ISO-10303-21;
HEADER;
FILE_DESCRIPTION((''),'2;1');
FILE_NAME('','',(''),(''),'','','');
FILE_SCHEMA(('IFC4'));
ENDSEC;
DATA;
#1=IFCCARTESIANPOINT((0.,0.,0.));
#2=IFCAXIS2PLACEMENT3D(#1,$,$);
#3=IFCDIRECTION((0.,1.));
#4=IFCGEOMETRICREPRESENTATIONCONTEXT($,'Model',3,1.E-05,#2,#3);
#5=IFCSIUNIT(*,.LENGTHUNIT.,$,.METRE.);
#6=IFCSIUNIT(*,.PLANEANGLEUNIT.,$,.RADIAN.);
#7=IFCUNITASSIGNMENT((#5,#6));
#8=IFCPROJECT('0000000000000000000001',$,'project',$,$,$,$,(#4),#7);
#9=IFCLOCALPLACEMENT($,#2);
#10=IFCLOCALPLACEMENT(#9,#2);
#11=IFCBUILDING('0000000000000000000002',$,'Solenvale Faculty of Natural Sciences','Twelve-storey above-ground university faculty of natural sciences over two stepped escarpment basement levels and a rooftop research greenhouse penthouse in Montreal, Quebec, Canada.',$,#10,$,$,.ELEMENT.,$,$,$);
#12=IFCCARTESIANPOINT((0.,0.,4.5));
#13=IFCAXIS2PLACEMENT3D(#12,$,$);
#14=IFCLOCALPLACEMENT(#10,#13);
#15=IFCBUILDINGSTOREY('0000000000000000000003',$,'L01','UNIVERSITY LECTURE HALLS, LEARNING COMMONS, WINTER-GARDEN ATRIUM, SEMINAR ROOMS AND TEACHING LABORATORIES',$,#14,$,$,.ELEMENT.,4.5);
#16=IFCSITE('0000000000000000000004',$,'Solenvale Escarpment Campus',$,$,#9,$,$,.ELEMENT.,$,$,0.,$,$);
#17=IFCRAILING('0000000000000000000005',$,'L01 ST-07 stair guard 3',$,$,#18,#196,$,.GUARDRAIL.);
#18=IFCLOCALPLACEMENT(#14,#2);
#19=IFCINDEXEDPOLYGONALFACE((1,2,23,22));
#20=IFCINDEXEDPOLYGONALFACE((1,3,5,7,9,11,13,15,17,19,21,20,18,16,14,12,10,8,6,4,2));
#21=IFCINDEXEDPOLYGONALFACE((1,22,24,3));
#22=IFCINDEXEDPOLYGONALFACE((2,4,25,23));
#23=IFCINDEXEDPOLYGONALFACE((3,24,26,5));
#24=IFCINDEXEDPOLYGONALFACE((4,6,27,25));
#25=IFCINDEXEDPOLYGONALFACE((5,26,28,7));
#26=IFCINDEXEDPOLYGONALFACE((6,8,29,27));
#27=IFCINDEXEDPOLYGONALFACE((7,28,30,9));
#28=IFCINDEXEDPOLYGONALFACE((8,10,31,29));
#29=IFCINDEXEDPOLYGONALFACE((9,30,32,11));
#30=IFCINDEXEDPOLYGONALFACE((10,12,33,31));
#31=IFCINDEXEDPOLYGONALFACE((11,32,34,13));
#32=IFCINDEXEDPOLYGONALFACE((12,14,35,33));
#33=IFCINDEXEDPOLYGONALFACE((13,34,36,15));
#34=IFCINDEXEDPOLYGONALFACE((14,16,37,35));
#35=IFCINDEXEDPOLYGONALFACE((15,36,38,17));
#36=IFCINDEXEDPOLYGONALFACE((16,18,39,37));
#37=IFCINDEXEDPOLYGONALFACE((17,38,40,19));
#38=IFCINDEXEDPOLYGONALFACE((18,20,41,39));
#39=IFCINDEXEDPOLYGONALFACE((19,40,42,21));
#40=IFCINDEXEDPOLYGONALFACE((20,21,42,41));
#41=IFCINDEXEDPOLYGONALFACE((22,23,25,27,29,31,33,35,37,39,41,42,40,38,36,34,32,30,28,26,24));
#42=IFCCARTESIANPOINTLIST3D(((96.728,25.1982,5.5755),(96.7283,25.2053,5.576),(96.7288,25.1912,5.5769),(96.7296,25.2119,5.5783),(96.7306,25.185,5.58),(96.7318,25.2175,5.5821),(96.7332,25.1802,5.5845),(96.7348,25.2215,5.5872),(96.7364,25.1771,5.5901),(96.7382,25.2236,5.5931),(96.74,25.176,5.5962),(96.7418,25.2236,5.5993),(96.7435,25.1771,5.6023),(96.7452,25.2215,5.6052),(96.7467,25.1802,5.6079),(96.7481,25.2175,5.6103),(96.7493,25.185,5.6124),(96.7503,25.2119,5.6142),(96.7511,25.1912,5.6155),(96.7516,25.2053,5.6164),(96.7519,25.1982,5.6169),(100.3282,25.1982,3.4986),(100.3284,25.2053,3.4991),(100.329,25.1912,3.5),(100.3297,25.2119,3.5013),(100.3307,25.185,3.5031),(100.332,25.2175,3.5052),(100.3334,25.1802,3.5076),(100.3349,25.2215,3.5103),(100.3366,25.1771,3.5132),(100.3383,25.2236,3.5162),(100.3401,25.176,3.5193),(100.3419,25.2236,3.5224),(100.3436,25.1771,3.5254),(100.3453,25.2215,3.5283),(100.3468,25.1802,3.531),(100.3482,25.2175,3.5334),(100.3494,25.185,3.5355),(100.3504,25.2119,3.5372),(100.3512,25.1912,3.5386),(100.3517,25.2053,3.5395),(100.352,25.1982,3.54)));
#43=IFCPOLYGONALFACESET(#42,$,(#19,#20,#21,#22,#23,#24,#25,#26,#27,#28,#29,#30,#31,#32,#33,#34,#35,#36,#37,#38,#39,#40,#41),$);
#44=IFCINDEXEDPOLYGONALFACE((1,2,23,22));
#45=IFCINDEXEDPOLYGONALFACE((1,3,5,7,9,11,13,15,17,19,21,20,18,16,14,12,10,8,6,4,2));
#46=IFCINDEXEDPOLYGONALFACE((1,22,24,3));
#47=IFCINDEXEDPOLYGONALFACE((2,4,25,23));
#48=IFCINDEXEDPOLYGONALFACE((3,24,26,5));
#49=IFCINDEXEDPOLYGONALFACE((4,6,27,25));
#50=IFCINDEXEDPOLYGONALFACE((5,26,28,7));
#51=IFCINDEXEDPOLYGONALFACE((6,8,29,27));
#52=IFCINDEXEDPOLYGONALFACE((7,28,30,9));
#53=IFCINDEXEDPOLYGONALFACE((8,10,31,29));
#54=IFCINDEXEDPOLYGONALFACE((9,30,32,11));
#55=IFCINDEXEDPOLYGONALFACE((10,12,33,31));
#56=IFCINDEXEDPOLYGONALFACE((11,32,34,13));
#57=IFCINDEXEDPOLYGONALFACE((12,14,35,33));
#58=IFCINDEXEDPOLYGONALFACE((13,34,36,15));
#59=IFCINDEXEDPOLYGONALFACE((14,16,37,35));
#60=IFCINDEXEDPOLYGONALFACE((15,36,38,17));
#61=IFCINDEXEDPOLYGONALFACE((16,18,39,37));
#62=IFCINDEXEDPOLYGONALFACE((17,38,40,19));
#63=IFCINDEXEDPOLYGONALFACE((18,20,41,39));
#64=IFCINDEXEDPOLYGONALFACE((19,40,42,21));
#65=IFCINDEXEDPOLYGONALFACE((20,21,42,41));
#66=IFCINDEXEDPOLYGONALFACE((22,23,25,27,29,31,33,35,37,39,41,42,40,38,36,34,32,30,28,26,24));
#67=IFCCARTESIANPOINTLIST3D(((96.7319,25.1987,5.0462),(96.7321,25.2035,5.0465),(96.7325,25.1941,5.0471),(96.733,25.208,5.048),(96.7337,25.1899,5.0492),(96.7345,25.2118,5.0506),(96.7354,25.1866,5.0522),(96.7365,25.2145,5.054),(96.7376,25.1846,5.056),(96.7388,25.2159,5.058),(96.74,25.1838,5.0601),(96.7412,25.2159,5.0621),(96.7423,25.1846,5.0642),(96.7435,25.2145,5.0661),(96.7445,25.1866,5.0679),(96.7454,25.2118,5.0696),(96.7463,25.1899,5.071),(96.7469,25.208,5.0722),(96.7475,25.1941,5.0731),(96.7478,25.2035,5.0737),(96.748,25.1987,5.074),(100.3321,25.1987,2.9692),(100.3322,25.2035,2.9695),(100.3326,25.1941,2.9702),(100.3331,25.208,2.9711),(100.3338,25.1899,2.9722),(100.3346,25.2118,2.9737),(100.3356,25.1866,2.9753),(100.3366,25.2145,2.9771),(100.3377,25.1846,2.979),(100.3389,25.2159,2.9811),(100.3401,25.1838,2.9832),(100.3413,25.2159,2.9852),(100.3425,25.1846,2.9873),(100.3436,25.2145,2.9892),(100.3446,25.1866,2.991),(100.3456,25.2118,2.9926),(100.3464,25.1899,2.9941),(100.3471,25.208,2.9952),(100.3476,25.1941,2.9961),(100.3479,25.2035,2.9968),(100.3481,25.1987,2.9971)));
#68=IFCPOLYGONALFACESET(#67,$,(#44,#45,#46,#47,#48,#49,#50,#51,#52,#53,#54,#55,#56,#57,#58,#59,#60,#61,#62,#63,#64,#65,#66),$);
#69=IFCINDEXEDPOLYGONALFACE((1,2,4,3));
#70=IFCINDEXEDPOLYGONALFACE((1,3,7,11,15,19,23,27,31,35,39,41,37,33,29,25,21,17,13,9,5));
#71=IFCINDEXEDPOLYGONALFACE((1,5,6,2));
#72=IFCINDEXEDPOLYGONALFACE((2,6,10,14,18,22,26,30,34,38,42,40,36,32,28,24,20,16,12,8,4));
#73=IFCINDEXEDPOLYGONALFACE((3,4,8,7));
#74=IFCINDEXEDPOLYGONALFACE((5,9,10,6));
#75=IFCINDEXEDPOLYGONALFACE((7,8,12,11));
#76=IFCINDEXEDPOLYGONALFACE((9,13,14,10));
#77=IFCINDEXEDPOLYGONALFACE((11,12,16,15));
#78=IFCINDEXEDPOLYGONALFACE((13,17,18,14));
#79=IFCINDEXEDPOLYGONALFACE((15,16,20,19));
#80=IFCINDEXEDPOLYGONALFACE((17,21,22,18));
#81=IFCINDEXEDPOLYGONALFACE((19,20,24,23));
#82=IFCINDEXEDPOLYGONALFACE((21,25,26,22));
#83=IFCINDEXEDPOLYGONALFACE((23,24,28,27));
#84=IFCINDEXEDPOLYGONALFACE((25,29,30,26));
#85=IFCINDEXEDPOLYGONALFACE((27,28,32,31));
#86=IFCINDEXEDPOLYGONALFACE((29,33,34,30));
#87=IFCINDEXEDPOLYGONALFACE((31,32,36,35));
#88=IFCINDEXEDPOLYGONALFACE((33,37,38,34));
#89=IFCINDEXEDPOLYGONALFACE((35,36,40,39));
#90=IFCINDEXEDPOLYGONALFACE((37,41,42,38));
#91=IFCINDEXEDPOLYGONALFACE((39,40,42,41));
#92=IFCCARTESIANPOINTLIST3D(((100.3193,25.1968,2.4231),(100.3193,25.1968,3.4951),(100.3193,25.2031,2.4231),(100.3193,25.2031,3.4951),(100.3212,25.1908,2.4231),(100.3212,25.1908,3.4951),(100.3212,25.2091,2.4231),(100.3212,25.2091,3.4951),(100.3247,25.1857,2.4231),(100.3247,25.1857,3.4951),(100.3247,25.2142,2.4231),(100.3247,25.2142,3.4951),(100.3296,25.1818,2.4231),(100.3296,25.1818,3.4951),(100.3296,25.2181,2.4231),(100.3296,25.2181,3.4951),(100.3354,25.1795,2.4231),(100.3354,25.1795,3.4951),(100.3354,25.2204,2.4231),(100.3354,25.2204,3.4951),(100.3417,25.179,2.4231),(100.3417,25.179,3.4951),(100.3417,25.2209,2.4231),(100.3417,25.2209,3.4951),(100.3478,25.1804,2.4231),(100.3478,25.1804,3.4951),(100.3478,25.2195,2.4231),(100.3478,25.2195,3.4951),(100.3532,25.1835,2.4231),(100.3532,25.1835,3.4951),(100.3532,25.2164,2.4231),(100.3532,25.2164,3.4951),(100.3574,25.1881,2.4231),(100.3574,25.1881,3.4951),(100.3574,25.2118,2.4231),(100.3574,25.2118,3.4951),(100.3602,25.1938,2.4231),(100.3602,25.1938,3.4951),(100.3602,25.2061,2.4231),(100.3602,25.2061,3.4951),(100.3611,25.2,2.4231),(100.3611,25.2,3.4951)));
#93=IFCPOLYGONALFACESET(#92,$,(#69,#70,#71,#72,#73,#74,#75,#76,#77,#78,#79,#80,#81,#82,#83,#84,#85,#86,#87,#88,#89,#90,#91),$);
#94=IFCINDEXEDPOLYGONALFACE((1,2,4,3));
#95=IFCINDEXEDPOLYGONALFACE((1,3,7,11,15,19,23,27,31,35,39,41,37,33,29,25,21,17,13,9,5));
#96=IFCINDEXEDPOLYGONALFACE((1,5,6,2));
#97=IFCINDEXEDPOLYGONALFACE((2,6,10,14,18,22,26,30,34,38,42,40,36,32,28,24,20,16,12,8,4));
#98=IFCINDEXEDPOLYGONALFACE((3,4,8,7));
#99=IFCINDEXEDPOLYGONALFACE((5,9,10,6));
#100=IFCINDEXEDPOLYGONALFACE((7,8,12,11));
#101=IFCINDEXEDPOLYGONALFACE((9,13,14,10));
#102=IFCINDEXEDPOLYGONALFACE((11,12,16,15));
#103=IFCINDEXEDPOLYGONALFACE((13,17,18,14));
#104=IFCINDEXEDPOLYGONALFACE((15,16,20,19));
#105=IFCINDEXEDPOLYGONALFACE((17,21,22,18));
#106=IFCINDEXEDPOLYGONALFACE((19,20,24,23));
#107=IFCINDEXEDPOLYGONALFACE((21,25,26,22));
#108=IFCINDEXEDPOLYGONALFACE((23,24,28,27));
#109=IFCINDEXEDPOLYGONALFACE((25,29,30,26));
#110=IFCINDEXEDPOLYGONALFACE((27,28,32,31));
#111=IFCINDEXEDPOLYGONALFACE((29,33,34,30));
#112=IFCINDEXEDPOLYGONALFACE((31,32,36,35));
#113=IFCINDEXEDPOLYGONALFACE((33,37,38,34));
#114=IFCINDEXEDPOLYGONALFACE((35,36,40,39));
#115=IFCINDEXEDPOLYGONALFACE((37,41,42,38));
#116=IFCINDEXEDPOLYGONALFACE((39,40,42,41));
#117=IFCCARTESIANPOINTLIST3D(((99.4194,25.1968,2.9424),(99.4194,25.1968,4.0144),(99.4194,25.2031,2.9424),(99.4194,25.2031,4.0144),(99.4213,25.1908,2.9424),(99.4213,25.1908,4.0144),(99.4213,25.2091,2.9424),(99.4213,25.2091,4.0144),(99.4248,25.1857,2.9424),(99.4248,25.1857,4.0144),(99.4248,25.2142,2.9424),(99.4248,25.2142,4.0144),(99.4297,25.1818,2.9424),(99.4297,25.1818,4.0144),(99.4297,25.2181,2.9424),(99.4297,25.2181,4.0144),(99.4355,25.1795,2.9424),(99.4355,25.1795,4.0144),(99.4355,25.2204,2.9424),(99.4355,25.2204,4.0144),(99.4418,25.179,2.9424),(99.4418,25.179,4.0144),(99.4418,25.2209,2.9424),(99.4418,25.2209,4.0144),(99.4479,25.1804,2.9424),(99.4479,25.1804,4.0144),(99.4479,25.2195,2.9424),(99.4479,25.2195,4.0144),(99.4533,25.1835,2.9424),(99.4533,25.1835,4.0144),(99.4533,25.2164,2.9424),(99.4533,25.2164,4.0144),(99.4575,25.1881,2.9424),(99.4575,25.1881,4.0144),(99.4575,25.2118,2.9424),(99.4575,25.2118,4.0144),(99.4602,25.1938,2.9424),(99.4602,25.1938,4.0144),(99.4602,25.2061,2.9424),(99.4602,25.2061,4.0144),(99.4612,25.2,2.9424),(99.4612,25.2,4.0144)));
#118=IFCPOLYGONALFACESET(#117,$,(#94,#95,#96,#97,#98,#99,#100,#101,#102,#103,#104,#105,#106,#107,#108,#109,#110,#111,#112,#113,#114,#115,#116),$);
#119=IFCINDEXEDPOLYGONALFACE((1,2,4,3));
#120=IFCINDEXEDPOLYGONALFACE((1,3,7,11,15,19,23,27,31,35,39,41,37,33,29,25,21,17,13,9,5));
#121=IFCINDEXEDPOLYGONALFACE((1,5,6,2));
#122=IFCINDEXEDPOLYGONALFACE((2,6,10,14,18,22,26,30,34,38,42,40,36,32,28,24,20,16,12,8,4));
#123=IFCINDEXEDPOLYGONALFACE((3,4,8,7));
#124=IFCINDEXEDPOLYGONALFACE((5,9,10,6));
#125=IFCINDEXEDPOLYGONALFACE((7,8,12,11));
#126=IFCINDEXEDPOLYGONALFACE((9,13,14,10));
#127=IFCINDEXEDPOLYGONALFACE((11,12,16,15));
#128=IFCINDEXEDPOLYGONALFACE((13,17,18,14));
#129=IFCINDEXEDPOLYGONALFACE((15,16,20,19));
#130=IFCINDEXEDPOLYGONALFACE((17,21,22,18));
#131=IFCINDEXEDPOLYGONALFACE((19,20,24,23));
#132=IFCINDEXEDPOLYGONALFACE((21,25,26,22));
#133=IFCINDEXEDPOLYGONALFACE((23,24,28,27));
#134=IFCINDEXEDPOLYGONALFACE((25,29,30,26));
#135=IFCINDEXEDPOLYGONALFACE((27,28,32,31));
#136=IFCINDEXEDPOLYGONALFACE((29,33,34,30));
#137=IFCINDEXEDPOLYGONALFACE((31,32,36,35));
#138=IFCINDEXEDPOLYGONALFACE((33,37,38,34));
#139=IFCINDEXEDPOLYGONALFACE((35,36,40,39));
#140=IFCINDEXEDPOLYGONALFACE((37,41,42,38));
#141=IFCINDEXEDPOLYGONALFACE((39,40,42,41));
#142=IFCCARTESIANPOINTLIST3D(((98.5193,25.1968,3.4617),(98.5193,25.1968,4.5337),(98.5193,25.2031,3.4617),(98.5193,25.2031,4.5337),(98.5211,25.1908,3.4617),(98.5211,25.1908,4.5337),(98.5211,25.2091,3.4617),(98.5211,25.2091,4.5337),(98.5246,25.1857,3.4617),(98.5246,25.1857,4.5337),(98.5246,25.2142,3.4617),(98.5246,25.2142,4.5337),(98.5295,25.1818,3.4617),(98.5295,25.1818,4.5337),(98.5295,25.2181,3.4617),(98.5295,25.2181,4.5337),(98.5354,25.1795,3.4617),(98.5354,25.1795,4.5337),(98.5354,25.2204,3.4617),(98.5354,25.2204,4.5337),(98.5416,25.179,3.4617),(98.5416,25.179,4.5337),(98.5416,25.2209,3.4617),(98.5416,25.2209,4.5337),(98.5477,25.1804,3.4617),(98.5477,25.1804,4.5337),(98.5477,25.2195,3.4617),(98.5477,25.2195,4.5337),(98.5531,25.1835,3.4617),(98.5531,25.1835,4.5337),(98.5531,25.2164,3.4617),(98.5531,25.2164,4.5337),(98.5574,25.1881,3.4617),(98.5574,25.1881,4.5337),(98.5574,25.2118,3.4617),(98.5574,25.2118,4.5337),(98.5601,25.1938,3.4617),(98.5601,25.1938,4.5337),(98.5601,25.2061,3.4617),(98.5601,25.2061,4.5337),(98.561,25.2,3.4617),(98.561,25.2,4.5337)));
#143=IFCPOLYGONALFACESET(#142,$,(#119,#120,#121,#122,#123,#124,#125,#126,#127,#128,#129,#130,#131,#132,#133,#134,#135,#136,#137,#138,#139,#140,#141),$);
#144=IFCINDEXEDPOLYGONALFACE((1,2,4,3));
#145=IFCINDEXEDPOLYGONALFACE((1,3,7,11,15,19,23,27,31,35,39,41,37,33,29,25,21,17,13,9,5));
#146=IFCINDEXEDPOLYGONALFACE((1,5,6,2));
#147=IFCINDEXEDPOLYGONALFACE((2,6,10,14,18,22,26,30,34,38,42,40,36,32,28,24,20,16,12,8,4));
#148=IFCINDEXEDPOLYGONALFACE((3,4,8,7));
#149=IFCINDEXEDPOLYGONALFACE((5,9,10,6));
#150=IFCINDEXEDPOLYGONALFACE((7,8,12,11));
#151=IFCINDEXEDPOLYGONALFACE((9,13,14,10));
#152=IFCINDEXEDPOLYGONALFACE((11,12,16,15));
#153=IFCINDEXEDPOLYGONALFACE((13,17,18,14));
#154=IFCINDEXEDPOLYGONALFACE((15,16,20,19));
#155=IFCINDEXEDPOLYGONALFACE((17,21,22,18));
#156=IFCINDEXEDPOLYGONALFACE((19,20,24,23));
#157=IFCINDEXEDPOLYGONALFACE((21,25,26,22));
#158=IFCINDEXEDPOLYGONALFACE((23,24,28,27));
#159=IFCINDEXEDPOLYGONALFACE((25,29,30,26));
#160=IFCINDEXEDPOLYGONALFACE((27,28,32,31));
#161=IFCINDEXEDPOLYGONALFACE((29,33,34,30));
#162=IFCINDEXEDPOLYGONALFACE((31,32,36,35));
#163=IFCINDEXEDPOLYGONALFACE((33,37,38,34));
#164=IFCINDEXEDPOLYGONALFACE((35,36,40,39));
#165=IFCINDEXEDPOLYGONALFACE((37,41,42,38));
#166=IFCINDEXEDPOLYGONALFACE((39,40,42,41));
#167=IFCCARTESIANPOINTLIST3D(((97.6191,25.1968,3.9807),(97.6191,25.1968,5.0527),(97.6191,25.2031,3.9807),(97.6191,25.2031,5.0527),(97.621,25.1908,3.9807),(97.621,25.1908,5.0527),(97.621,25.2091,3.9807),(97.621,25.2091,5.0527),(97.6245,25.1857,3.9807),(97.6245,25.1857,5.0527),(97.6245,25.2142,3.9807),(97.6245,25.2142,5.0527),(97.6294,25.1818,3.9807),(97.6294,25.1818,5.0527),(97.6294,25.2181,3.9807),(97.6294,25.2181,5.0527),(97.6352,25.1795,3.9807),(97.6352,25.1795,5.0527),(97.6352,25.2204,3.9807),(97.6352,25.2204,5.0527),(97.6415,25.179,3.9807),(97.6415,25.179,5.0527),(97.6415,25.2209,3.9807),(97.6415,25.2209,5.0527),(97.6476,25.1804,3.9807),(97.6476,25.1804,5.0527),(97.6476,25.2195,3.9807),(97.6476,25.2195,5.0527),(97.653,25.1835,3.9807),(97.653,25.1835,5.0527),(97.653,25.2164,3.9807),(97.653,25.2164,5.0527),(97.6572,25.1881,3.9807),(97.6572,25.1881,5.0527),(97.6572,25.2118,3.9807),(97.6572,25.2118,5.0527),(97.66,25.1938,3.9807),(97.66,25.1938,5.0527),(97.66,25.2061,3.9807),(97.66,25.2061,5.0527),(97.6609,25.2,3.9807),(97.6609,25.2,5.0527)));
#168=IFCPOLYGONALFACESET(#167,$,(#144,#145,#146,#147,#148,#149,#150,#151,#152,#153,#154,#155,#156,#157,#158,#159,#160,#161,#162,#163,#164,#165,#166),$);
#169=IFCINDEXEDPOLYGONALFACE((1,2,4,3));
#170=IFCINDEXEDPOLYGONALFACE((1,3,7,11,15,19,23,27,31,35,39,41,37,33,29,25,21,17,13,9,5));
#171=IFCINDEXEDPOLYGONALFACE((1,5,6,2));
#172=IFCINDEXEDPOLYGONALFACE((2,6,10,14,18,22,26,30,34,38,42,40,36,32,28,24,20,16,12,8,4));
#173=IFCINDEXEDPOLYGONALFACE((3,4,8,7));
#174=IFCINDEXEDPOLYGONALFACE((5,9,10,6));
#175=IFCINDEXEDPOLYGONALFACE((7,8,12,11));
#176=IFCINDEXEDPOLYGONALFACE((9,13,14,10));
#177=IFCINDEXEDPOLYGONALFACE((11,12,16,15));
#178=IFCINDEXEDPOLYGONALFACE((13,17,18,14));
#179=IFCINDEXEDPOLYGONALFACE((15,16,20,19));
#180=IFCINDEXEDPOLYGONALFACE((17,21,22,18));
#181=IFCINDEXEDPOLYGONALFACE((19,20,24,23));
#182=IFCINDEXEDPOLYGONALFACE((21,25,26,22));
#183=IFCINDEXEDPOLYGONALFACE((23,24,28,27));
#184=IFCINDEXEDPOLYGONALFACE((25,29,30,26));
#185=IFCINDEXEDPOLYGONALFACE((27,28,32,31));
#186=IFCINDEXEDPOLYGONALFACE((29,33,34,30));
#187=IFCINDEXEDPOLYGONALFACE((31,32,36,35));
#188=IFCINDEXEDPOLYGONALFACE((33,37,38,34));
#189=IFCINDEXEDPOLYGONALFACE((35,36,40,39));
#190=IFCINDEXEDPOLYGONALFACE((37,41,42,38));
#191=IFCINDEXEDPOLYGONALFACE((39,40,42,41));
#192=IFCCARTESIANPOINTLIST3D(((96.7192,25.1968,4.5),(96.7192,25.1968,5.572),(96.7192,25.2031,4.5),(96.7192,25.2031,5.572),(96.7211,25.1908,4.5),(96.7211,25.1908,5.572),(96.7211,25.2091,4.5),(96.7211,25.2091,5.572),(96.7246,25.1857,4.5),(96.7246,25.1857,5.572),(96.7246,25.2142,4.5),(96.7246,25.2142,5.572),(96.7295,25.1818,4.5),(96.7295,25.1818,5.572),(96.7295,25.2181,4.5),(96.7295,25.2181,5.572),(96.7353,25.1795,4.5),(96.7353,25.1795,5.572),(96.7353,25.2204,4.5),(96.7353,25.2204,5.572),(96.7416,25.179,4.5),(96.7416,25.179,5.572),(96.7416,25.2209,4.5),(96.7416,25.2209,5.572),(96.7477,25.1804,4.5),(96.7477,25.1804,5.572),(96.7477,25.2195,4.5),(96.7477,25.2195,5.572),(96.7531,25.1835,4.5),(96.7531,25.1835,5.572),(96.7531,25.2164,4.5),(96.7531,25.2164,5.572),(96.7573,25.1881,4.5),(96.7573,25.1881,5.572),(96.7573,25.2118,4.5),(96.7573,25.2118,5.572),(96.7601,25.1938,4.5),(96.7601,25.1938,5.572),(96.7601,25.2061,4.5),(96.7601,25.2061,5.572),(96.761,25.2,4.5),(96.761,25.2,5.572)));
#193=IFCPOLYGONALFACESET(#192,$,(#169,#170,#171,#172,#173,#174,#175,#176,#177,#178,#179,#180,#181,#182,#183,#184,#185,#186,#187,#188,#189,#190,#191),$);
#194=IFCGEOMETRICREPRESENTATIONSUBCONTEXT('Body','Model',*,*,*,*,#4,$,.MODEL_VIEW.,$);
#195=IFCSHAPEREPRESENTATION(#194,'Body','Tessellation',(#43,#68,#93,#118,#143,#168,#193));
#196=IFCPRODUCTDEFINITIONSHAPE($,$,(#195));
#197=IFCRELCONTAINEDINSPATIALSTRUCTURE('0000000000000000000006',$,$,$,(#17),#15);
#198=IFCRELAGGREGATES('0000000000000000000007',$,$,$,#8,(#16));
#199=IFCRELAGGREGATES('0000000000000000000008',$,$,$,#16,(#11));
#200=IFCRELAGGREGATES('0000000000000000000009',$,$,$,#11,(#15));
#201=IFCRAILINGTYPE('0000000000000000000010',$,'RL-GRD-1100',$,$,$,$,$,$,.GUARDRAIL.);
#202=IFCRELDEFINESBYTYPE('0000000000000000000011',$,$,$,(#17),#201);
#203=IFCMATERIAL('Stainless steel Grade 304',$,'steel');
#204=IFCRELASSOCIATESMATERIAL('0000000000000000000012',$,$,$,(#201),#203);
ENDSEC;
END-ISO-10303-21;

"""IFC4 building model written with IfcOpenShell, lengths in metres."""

from ifc_helpers import new_model, si_unit, direction, frame, origin, origin_2d, place, context, subcontext, project, spatial, circle, extrude, material, type_object, element, save


model = new_model("IFC4")

# Units and contexts
model_context = context("Model", 3, precision=1e-05, world=origin(), true_north=direction((0.0, 1.0)))
body_context = subcontext(model_context, "Body", "Model", "MODEL_VIEW")
ifc_project = project(units=[si_unit("LENGTHUNIT", "METRE"), si_unit("PLANEANGLEUNIT", "RADIAN")], contexts=[model_context])

# Site, building, storey
site_placement = place(None, origin())
site = spatial("IfcSite", under=ifc_project, at=site_placement, Name="Solenvale Escarpment Campus", CompositionType="ELEMENT", RefElevation=0.0)
building_placement = place(site_placement, origin())
building = spatial("IfcBuilding", under=site, at=building_placement, Name="Solenvale Faculty of Natural Sciences", Description="Twelve-storey above-ground university faculty of natural sciences over two stepped escarpment basement levels and a rooftop research greenhouse penthouse in Montreal, Quebec, Canada.", CompositionType="ELEMENT")
storey_placement = place(building_placement, frame((0.0, 0.0, 4.5)))
storey = spatial("IfcBuildingStorey", under=building, at=storey_placement, Name="L01", Description="UNIVERSITY LECTURE HALLS, LEARNING COMMONS, WINTER-GARDEN ATRIUM, SEMINAR ROOMS AND TEACHING LABORATORIES", CompositionType="ELEMENT", Elevation=4.5)

# Railing
ifc_material_1 = material(Name="Stainless steel Grade 304", Category="steel")
railing_type_1 = type_object("IfcRailingType", Name="RL-GRD-1100", PredefinedType="GUARDRAIL", material=ifc_material_1)
railing_1_placement = place(storey_placement, frame((100.3401, 25.2, 2.4231)))
element("IfcRailing", 1, at=railing_1_placement, inside=storey, type_object=railing_type_1, Name="L01 ST-07 stair guard 3", PredefinedType="GUARDRAIL", context=body_context, shape_type="SweptSolid", body=[
    extrude(circle(Radius=0.0239, at=origin_2d()), frame((0.0, 0.0, 1.0962), z_axis=(-0.866193, 0.0, 0.499709), x_axis=(0.0, -1.0, 0.0)), (0.0, 0.0, 1.0), 4.1562),
    extrude(circle(Radius=0.0161, at=origin_2d()), frame((0.0, 0.0, 0.5601), z_axis=(-0.866193, 0.0, 0.499709), x_axis=(0.0, -1.0, 0.0)), (0.0, 0.0, 1.0), 4.1562),
    extrude(circle(Radius=0.021, at=origin_2d()), origin(), (0.0, 0.0, 1.0), 1.072),
    extrude(circle(Radius=0.021, at=origin_2d()), frame((-0.8999, 0.0, 0.5193)), (0.0, 0.0, 1.0), 1.072),
    extrude(circle(Radius=0.021, at=origin_2d()), frame((-1.8, 0.0, 1.0386)), (0.0, 0.0, 1.0), 1.072),
    extrude(circle(Radius=0.021, at=origin_2d()), frame((-2.7002, 0.0, 1.5576)), (0.0, 0.0, 1.0), 1.072),
    extrude(circle(Radius=0.021, at=origin_2d()), frame((-3.6001, 0.0, 2.0769)), (0.0, 0.0, 1.0), 1.072),
])

save(model, "model.ifc")
